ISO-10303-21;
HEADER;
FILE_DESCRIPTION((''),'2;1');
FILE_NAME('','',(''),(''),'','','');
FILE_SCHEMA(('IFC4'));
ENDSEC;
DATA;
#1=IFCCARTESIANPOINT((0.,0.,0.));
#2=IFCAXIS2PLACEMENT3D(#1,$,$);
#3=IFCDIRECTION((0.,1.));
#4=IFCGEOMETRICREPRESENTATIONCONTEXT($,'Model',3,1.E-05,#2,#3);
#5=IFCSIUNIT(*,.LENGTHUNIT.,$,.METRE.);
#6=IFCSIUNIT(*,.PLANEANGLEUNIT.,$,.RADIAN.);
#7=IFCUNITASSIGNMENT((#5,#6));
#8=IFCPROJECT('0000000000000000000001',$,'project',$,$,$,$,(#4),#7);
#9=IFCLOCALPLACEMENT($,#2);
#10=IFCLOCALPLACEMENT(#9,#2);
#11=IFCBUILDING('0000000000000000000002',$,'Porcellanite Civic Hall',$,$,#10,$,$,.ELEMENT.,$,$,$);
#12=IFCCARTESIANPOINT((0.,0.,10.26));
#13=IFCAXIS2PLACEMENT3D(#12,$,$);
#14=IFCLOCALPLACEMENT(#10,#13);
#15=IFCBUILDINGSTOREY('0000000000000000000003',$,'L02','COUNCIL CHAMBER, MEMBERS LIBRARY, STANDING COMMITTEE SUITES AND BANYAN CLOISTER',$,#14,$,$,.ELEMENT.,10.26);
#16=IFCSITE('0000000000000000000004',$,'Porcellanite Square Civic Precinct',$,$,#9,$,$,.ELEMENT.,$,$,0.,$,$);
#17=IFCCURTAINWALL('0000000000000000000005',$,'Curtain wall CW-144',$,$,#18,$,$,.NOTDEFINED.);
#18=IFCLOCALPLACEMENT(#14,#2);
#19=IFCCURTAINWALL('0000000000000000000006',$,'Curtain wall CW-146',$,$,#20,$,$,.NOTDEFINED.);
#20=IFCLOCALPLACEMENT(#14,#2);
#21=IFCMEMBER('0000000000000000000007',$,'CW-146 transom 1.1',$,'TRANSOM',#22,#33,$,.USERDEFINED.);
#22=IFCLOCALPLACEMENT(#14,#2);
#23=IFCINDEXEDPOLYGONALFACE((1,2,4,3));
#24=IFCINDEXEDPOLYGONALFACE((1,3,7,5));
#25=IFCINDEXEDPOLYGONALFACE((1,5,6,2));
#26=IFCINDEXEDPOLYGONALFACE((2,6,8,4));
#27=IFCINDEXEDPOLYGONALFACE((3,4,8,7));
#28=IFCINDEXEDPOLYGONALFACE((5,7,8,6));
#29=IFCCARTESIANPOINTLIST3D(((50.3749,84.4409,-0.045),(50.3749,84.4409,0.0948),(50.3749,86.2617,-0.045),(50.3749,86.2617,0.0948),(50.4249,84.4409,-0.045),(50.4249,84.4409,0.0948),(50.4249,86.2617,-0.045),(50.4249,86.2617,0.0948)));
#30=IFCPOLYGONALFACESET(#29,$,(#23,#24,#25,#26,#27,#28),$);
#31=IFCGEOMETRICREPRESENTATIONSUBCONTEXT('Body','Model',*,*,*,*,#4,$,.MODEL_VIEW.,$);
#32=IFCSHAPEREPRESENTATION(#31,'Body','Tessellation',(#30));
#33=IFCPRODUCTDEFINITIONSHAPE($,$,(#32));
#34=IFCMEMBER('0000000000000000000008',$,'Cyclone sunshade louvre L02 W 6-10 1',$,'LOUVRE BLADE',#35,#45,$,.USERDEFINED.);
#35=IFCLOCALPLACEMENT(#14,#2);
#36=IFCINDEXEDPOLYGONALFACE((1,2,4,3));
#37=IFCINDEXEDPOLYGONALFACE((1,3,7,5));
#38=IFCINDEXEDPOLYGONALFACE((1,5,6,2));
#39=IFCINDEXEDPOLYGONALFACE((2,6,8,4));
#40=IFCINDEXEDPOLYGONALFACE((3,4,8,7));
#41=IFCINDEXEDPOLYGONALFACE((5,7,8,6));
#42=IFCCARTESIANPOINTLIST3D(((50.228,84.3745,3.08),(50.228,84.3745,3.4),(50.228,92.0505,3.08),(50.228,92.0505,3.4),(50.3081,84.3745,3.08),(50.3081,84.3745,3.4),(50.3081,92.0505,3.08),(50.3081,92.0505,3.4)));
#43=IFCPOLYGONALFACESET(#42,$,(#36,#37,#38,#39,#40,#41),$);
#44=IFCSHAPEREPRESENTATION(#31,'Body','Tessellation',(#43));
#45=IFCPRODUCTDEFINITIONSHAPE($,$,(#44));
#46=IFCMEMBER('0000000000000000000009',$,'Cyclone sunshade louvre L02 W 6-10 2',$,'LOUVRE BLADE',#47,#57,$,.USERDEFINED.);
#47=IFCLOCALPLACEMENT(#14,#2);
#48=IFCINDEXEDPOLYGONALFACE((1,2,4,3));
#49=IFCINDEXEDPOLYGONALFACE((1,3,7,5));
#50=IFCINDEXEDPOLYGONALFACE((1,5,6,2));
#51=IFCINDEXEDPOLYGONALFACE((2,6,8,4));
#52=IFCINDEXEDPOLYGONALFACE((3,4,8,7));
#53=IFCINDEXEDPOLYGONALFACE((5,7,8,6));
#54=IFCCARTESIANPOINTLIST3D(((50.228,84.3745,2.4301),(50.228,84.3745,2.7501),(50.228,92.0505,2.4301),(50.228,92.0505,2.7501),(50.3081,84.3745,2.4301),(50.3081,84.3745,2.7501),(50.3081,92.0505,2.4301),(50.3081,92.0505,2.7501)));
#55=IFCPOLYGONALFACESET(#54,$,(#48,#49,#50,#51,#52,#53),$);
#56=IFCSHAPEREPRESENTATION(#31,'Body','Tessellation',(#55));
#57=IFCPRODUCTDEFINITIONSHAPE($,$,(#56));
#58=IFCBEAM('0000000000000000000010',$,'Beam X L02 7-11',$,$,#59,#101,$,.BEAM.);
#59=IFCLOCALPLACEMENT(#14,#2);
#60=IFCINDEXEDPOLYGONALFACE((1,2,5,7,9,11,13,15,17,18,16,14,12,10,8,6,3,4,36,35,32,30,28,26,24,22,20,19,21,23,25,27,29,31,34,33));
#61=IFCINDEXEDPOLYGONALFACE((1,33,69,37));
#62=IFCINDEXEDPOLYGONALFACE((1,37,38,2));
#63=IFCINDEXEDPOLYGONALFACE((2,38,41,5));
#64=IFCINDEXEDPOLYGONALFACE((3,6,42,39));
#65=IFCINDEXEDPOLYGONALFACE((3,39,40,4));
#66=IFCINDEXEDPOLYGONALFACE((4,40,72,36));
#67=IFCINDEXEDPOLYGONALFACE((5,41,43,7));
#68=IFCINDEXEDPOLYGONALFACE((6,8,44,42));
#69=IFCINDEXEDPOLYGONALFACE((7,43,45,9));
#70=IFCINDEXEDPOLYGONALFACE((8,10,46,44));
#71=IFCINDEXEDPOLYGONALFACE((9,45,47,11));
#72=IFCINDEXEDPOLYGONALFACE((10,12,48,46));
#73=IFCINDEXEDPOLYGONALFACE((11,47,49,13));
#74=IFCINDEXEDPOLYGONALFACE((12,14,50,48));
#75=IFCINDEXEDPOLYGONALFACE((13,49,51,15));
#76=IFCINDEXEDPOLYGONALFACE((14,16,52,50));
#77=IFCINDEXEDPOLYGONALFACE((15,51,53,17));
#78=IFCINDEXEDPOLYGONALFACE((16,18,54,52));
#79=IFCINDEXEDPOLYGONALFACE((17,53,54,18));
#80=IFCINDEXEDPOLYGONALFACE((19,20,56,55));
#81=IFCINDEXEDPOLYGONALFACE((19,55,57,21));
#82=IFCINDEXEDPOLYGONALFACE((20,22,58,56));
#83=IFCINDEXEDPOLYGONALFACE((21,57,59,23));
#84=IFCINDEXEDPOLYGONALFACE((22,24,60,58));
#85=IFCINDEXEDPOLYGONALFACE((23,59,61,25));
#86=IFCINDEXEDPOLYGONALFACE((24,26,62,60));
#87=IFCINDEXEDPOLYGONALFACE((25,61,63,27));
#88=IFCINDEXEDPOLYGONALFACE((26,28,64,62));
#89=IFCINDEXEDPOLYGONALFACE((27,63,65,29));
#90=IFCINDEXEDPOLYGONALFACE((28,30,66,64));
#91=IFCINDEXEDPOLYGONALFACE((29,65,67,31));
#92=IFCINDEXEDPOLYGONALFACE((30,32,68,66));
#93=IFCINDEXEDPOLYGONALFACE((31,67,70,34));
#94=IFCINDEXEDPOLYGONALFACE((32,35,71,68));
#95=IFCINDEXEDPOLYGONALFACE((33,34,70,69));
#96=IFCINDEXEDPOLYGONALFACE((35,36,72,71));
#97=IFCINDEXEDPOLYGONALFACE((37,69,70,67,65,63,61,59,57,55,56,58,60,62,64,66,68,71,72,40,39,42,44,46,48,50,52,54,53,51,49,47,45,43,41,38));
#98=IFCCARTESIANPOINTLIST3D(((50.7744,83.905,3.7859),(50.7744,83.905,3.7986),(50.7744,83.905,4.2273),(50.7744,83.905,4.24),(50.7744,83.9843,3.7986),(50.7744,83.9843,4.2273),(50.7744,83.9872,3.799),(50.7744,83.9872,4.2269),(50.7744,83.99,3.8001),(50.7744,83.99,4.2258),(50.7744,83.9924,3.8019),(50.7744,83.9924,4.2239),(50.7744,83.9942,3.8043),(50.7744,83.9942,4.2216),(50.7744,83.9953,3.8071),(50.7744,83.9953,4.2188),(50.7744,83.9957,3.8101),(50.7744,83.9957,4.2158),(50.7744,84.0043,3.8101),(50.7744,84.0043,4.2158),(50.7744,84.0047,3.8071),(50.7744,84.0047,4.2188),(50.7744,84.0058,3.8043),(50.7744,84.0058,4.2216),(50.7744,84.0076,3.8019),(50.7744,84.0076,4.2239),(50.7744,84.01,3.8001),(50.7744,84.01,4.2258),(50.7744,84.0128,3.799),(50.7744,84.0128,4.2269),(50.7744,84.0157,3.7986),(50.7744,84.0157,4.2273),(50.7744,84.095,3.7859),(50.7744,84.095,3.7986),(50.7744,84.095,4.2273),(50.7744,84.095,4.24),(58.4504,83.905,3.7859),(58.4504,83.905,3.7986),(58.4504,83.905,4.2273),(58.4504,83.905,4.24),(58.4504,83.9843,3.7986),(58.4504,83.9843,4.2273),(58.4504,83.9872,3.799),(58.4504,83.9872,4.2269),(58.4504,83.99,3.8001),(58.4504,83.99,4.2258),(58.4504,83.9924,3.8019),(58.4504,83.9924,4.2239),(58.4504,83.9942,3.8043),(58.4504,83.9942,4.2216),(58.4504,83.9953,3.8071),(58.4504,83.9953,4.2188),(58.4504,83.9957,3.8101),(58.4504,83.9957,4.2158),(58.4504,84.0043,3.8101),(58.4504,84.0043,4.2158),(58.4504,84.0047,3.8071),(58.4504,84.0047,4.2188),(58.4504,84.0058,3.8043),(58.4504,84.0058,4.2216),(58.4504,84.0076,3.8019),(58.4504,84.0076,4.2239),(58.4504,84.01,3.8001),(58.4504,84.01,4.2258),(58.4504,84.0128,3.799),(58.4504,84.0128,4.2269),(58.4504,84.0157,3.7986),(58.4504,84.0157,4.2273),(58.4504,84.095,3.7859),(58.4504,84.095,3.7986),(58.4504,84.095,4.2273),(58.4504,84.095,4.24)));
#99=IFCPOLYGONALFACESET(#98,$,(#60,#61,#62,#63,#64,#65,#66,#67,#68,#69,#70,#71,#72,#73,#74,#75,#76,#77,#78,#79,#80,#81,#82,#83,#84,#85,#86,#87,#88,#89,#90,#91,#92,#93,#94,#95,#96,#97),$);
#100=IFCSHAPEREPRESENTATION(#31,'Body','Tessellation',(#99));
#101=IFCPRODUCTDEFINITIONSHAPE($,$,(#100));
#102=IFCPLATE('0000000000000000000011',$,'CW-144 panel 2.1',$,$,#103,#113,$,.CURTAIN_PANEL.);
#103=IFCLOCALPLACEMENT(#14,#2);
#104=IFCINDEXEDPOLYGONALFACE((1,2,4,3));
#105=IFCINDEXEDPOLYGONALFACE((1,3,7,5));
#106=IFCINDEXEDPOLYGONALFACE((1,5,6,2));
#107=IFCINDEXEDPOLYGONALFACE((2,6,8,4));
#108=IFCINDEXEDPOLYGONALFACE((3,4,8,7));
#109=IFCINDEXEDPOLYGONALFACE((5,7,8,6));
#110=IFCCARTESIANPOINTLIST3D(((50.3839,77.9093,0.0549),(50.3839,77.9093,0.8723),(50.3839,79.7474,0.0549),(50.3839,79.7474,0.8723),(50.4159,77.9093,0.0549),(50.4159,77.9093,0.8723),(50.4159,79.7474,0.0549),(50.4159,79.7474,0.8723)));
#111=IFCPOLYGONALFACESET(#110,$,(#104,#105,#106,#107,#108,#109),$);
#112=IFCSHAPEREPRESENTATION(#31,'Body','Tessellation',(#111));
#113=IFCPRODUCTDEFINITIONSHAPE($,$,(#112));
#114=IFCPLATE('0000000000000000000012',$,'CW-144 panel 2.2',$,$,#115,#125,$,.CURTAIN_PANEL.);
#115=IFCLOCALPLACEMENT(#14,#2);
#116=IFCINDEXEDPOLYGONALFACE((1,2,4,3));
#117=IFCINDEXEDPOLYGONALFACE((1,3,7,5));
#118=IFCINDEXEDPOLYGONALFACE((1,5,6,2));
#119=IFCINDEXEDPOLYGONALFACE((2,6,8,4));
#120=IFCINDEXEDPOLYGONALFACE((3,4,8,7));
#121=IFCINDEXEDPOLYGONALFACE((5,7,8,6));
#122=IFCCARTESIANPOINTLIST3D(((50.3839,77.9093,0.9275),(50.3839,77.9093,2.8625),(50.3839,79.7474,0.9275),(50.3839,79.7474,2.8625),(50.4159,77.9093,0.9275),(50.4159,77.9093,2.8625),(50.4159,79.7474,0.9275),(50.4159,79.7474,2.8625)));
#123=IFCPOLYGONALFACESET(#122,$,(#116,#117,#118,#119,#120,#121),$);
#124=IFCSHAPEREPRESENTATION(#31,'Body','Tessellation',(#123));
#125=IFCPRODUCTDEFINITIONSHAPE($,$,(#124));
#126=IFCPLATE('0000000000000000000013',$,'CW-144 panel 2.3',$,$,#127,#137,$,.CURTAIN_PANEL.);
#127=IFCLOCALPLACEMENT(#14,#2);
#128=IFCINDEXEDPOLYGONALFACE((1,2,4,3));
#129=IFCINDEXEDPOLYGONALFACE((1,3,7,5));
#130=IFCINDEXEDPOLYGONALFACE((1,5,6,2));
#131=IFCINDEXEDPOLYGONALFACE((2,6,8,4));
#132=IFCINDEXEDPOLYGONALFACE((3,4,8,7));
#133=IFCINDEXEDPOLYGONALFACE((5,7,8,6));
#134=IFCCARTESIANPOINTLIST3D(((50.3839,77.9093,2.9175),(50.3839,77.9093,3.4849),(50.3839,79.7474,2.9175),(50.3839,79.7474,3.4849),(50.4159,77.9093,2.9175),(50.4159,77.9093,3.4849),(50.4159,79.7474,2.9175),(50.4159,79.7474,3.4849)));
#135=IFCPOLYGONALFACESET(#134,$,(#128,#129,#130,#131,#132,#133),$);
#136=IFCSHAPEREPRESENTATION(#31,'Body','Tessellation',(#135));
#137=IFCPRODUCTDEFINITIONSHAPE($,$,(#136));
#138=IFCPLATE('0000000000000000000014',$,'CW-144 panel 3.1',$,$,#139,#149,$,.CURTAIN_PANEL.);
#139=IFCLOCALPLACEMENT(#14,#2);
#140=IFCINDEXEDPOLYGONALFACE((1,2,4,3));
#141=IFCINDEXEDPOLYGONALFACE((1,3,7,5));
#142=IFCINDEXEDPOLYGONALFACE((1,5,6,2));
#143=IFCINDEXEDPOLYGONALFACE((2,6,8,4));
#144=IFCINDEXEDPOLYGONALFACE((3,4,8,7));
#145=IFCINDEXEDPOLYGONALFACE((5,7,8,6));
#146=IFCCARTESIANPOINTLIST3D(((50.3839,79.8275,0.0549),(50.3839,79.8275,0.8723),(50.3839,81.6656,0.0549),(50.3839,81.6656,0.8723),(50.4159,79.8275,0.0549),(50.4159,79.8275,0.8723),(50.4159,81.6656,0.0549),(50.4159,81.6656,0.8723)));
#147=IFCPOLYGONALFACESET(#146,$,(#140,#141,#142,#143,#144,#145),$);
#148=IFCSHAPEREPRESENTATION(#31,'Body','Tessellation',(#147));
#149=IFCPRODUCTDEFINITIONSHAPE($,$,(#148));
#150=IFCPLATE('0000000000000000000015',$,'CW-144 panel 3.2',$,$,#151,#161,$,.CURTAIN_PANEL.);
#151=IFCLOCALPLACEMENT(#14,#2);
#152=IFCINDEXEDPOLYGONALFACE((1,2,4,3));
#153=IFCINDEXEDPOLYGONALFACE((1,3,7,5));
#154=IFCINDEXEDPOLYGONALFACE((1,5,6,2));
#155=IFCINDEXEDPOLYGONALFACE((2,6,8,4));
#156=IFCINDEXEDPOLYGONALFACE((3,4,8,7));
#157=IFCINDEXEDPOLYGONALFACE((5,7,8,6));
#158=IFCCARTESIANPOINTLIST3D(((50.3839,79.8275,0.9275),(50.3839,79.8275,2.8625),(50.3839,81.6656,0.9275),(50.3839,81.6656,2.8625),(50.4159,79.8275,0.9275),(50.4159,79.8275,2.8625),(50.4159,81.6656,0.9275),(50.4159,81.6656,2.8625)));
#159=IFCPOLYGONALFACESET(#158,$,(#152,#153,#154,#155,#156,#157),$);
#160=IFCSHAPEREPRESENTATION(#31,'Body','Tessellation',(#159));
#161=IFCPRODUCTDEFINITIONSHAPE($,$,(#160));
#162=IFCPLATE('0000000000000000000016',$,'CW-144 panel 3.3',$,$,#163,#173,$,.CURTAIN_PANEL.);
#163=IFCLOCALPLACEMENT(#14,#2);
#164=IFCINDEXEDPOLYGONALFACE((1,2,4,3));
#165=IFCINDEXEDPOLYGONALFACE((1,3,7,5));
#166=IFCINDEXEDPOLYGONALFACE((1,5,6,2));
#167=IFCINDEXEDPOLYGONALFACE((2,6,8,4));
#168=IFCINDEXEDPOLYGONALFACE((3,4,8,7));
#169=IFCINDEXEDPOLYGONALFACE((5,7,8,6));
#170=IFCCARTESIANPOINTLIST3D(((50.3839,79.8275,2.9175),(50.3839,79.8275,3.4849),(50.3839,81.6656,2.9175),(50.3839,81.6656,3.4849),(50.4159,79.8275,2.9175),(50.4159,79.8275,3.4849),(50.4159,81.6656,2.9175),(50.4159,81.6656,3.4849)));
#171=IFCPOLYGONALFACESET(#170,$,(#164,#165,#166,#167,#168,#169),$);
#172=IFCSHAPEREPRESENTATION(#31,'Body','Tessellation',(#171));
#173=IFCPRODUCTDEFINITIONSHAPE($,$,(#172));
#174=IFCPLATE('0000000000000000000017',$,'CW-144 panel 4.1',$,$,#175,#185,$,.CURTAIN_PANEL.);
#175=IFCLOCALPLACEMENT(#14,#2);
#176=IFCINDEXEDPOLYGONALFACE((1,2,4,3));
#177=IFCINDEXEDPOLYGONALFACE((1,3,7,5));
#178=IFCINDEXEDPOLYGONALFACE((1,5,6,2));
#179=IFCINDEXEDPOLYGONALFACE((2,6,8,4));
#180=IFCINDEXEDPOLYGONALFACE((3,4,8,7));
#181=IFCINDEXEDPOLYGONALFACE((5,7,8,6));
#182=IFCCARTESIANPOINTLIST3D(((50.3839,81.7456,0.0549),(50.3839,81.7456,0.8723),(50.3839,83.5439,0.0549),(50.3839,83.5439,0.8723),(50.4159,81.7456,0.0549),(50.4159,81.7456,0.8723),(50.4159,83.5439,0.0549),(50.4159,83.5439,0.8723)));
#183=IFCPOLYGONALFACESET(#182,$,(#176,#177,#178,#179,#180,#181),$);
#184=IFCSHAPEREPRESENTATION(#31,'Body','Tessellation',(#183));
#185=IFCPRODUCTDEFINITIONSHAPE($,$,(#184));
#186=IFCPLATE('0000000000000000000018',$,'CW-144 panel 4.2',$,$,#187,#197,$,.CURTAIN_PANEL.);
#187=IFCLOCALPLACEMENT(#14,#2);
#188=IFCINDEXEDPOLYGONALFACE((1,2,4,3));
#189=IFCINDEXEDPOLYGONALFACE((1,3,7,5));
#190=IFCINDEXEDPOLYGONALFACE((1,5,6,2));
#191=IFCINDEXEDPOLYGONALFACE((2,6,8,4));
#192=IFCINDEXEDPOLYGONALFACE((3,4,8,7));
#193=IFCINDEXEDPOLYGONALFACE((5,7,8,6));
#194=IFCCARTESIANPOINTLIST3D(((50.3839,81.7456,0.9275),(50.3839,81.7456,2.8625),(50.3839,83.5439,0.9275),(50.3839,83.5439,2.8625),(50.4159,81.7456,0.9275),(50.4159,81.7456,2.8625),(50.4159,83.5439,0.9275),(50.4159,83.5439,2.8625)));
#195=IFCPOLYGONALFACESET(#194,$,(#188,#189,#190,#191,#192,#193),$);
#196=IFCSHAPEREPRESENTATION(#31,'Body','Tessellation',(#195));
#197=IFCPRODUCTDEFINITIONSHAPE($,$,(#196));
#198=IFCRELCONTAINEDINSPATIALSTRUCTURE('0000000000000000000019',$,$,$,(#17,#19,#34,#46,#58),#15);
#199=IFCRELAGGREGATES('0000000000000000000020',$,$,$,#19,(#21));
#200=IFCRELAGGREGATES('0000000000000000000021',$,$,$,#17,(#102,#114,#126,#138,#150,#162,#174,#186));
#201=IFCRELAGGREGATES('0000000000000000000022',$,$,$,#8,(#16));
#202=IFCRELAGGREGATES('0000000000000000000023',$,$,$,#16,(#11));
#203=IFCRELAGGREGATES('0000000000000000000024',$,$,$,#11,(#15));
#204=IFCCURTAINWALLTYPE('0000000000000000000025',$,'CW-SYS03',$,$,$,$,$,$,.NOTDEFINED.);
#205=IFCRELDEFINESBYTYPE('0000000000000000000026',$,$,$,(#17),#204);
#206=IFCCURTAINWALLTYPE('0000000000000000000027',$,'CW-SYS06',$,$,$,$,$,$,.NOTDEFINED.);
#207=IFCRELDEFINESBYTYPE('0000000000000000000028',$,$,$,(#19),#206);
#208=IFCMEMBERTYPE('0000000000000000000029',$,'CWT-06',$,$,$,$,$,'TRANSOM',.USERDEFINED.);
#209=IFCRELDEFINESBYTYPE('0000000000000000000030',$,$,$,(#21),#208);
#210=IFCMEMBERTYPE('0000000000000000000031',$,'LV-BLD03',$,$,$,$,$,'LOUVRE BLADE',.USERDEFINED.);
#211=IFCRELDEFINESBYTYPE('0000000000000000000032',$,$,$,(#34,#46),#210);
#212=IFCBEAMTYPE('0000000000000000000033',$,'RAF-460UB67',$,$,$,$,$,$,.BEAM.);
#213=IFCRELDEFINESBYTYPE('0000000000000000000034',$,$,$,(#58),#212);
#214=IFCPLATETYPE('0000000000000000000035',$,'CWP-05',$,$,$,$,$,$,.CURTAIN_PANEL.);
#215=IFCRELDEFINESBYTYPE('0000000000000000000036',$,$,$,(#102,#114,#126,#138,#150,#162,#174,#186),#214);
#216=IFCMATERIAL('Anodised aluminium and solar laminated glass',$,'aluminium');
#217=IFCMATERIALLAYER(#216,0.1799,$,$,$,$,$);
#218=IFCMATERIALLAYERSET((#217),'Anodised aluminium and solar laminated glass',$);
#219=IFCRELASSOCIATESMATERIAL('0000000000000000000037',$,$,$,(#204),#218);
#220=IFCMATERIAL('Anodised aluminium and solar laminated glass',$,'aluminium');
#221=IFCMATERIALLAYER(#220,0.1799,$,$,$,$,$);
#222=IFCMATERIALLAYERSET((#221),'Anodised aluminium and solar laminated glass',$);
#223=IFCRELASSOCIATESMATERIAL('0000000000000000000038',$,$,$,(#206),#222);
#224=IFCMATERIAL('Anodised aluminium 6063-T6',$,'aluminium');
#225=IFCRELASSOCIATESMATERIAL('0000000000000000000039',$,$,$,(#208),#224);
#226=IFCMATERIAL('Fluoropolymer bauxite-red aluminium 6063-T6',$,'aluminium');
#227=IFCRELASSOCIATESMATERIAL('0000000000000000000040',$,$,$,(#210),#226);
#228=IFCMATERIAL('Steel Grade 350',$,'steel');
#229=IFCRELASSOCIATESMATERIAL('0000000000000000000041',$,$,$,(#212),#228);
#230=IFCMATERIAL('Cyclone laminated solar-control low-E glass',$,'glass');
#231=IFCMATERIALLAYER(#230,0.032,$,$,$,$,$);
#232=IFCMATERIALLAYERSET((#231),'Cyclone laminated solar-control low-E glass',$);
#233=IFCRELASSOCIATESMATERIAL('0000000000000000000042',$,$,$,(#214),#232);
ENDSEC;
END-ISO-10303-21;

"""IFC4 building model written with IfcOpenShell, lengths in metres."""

from ifc_helpers import new_model, si_unit, direction, frame, origin, origin_2d, place, context, subcontext, project, spatial, rectangle, i_section, extrude, material, layer, layer_set, material_profile, profile_set, type_object, element, aggregate, save


model = new_model("IFC4")

# Units and contexts
model_context = context("Model", 3, precision=1e-05, world=origin(), true_north=direction((0.0, 1.0)))
body_context = subcontext(model_context, "Body", "Model", "MODEL_VIEW")
ifc_project = project(units=[si_unit("LENGTHUNIT", "METRE"), si_unit("PLANEANGLEUNIT", "RADIAN")], contexts=[model_context])

# Site, building, storey
site_placement = place(None, origin())
site = spatial("IfcSite", under=ifc_project, at=site_placement, Name="Porcellanite Square Civic Precinct", CompositionType="ELEMENT", RefElevation=0.0)
building_placement = place(site_placement, origin())
building = spatial("IfcBuilding", under=site, at=building_placement, Name="Porcellanite Civic Hall", CompositionType="ELEMENT")
storey_placement = place(building_placement, frame((0.0, 0.0, 10.26)))
storey = spatial("IfcBuildingStorey", under=building, at=storey_placement, Name="L02", Description="COUNCIL CHAMBER, MEMBERS LIBRARY, STANDING COMMITTEE SUITES AND BANYAN CLOISTER", CompositionType="ELEMENT", Elevation=10.26)

# Curtain wall
ifc_material_1 = material(Name="Anodised aluminium and solar laminated glass", Category="aluminium")
ifc_layer_1 = layer(ifc_material_1, 0.1799)
ifc_layer_set_1 = layer_set([ifc_layer_1], Name="Anodised aluminium and solar laminated glass")
curtain_wall_type_1 = type_object("IfcCurtainWallType", Name="CW-SYS03", PredefinedType="NOTDEFINED", material=ifc_layer_set_1)
curtain_wall_1_placement = place(storey_placement, origin())
curtain_wall_1 = element("IfcCurtainWall", 1, at=curtain_wall_1_placement, inside=storey, type_object=curtain_wall_type_1, Name="Curtain wall CW-144", PredefinedType="NOTDEFINED")

# Curtain wall
ifc_material_2 = material(Name="Anodised aluminium and solar laminated glass", Category="aluminium")
ifc_layer_2 = layer(ifc_material_2, 0.1799)
ifc_layer_set_2 = layer_set([ifc_layer_2], Name="Anodised aluminium and solar laminated glass")
curtain_wall_type_2 = type_object("IfcCurtainWallType", Name="CW-SYS06", PredefinedType="NOTDEFINED", material=ifc_layer_set_2)
curtain_wall_2_placement = place(storey_placement, origin())
curtain_wall_2 = element("IfcCurtainWall", 2, at=curtain_wall_2_placement, inside=storey, type_object=curtain_wall_type_2, Name="Curtain wall CW-146", PredefinedType="NOTDEFINED")

# Member
ifc_material_3 = material(Name="Anodised aluminium 6063-T6", Category="aluminium")
ifc_material_profile_1 = material_profile(ifc_material_3, rectangle(XDim=0.05, YDim=0.1399, at=origin_2d()), Name="AL-50x140")
ifc_profile_set_1 = profile_set([ifc_material_profile_1], Name="Anodised aluminium 6063-T6")
member_type_1 = type_object("IfcMemberType", Name="CWT-06", ElementType="TRANSOM", PredefinedType="USERDEFINED", material=ifc_profile_set_1)
member_1_placement = place(storey_placement, frame((50.3999, 84.4409, 0.0249), z_axis=(0.0, 1.0, 0.0), x_axis=(-1.0, 0.0, 0.0)))
member_1 = element("IfcMember", 3, at=member_1_placement, type_object=member_type_1, Name="CW-146 transom 1.1", ObjectType="TRANSOM", PredefinedType="USERDEFINED", context=body_context, shape_type="SweptSolid", body=[
    extrude(rectangle(XDim=0.05, YDim=0.1399, at=origin_2d()), origin(), (0.0, 0.0, 1.0), 1.8208),
])
aggregate(curtain_wall_2, [member_1])

# Members
ifc_material_4 = material(Name="Fluoropolymer bauxite-red aluminium 6063-T6", Category="aluminium")
ifc_material_profile_2 = material_profile(ifc_material_4, rectangle(XDim=0.0801, YDim=0.3201, at=origin_2d()), Name="AL-80x320")
ifc_profile_set_2 = profile_set([ifc_material_profile_2], Name="Fluoropolymer bauxite-red aluminium 6063-T6")
member_type_2 = type_object("IfcMemberType", Name="LV-BLD03", ElementType="LOUVRE BLADE", PredefinedType="USERDEFINED", material=ifc_profile_set_2)
for number, where, z_axis, x_axis, name in (
    (4, (50.2681, 84.3745, 3.24), (0.0, 1.0, 0.0), (-1.0, 0.0, 0.0), "Cyclone sunshade louvre L02 W 6-10 1"),
    (5, (50.2681, 84.3745, 2.5901), (0.0, 1.0, 0.0), (-1.0, 0.0, 0.0), "Cyclone sunshade louvre L02 W 6-10 2"),
):
    element("IfcMember", number, at=place(storey_placement, frame(where, z_axis=z_axis, x_axis=x_axis)), inside=storey, type_object=member_type_2, Name=name, ObjectType="LOUVRE BLADE", PredefinedType="USERDEFINED", context=body_context, shape_type="SweptSolid", body=[
        extrude(rectangle(XDim=0.0801, YDim=0.3201, at=origin_2d()), origin(), (0.0, 0.0, 1.0), 7.676),
    ])

# Beam
ifc_material_5 = material(Name="Steel Grade 350", Category="steel")
ifc_material_profile_3 = material_profile(ifc_material_5, i_section(OverallWidth=0.1899, OverallDepth=0.4541, WebThickness=0.0085, FlangeThickness=0.0127, FilletRadius=0.0115, at=origin_2d()), Name="460UB67.1")
ifc_profile_set_3 = profile_set([ifc_material_profile_3], Name="Steel Grade 350")
beam_type_1 = type_object("IfcBeamType", Name="RAF-460UB67", PredefinedType="BEAM", material=ifc_profile_set_3)
beam_1_placement = place(storey_placement, frame((50.7744, 84.0, 4.0129), z_axis=(1.0, 0.0, 0.0), x_axis=(0.0, 1.0, 0.0)))
element("IfcBeam", 6, at=beam_1_placement, inside=storey, type_object=beam_type_1, Name="Beam X L02 7-11", PredefinedType="BEAM", context=body_context, shape_type="SweptSolid", body=[
    extrude(i_section(OverallWidth=0.1899, OverallDepth=0.4541, WebThickness=0.0085, FlangeThickness=0.0127, FilletRadius=0.0115, at=origin_2d()), origin(), (0.0, 0.0, 1.0), 7.676),
])

# Plates
ifc_material_6 = material(Name="Cyclone laminated solar-control low-E glass", Category="glass")
ifc_layer_3 = layer(ifc_material_6, 0.032)
ifc_layer_set_3 = layer_set([ifc_layer_3], Name="Cyclone laminated solar-control low-E glass")
plate_type = type_object("IfcPlateType", Name="CWP-05", PredefinedType="CURTAIN_PANEL", material=ifc_layer_set_3)
plate_1_placement = place(storey_placement, frame((50.3999, 78.8284, 0.0549), z_axis=(0.0, 0.0, 1.0), x_axis=(0.0, 1.0, 0.0)))
plate_1 = element("IfcPlate", 7, at=plate_1_placement, type_object=plate_type, Name="CW-144 panel 2.1", PredefinedType="CURTAIN_PANEL", context=body_context, shape_type="SweptSolid", body=[
    extrude(rectangle(XDim=1.8381, YDim=0.032, at=origin_2d()), origin(), (0.0, 0.0, 1.0), 0.8174),
])
plate_2_placement = place(storey_placement, frame((50.3999, 78.8284, 0.9275), z_axis=(0.0, 0.0, 1.0), x_axis=(0.0, 1.0, 0.0)))
plate_2 = element("IfcPlate", 8, at=plate_2_placement, type_object=plate_type, Name="CW-144 panel 2.2", PredefinedType="CURTAIN_PANEL", context=body_context, shape_type="SweptSolid", body=[
    extrude(rectangle(XDim=1.8381, YDim=0.032, at=origin_2d()), origin(), (0.0, 0.0, 1.0), 1.9351),
])
plate_3_placement = place(storey_placement, frame((50.3999, 78.8284, 2.9175), z_axis=(0.0, 0.0, 1.0), x_axis=(0.0, 1.0, 0.0)))
plate_3 = element("IfcPlate", 9, at=plate_3_placement, type_object=plate_type, Name="CW-144 panel 2.3", PredefinedType="CURTAIN_PANEL", context=body_context, shape_type="SweptSolid", body=[
    extrude(rectangle(XDim=1.8381, YDim=0.032, at=origin_2d()), origin(), (0.0, 0.0, 1.0), 0.5674),
])
plate_4_placement = place(storey_placement, frame((50.3999, 80.7466, 0.0549), z_axis=(0.0, 0.0, 1.0), x_axis=(0.0, 1.0, 0.0)))
plate_4 = element("IfcPlate", 10, at=plate_4_placement, type_object=plate_type, Name="CW-144 panel 3.1", PredefinedType="CURTAIN_PANEL", context=body_context, shape_type="SweptSolid", body=[
    extrude(rectangle(XDim=1.8381, YDim=0.032, at=origin_2d()), origin(), (0.0, 0.0, 1.0), 0.8174),
])
plate_5_placement = place(storey_placement, frame((50.3999, 80.7466, 0.9275), z_axis=(0.0, 0.0, 1.0), x_axis=(0.0, 1.0, 0.0)))
plate_5 = element("IfcPlate", 11, at=plate_5_placement, type_object=plate_type, Name="CW-144 panel 3.2", PredefinedType="CURTAIN_PANEL", context=body_context, shape_type="SweptSolid", body=[
    extrude(rectangle(XDim=1.8381, YDim=0.032, at=origin_2d()), origin(), (0.0, 0.0, 1.0), 1.9351),
])
plate_6_placement = place(storey_placement, frame((50.3999, 80.7466, 2.9175), z_axis=(0.0, 0.0, 1.0), x_axis=(0.0, 1.0, 0.0)))
plate_6 = element("IfcPlate", 12, at=plate_6_placement, type_object=plate_type, Name="CW-144 panel 3.3", PredefinedType="CURTAIN_PANEL", context=body_context, shape_type="SweptSolid", body=[
    extrude(rectangle(XDim=1.8381, YDim=0.032, at=origin_2d()), origin(), (0.0, 0.0, 1.0), 0.5674),
])
plate_7_placement = place(storey_placement, frame((50.3999, 82.6448, 0.0549), z_axis=(0.0, 0.0, 1.0), x_axis=(0.0, 1.0, 0.0)))
plate_7 = element("IfcPlate", 13, at=plate_7_placement, type_object=plate_type, Name="CW-144 panel 4.1", PredefinedType="CURTAIN_PANEL", context=body_context, shape_type="SweptSolid", body=[
    extrude(rectangle(XDim=1.7983, YDim=0.032, at=origin_2d()), origin(), (0.0, 0.0, 1.0), 0.8174),
])
plate_8_placement = place(storey_placement, frame((50.3999, 82.6448, 0.9275), z_axis=(0.0, 0.0, 1.0), x_axis=(0.0, 1.0, 0.0)))
plate_8 = element("IfcPlate", 14, at=plate_8_placement, type_object=plate_type, Name="CW-144 panel 4.2", PredefinedType="CURTAIN_PANEL", context=body_context, shape_type="SweptSolid", body=[
    extrude(rectangle(XDim=1.7983, YDim=0.032, at=origin_2d()), origin(), (0.0, 0.0, 1.0), 1.9351),
])
aggregate(curtain_wall_1, [plate_1, plate_2, plate_3, plate_4, plate_5, plate_6, plate_7, plate_8])

save(model, "model.ifc")
